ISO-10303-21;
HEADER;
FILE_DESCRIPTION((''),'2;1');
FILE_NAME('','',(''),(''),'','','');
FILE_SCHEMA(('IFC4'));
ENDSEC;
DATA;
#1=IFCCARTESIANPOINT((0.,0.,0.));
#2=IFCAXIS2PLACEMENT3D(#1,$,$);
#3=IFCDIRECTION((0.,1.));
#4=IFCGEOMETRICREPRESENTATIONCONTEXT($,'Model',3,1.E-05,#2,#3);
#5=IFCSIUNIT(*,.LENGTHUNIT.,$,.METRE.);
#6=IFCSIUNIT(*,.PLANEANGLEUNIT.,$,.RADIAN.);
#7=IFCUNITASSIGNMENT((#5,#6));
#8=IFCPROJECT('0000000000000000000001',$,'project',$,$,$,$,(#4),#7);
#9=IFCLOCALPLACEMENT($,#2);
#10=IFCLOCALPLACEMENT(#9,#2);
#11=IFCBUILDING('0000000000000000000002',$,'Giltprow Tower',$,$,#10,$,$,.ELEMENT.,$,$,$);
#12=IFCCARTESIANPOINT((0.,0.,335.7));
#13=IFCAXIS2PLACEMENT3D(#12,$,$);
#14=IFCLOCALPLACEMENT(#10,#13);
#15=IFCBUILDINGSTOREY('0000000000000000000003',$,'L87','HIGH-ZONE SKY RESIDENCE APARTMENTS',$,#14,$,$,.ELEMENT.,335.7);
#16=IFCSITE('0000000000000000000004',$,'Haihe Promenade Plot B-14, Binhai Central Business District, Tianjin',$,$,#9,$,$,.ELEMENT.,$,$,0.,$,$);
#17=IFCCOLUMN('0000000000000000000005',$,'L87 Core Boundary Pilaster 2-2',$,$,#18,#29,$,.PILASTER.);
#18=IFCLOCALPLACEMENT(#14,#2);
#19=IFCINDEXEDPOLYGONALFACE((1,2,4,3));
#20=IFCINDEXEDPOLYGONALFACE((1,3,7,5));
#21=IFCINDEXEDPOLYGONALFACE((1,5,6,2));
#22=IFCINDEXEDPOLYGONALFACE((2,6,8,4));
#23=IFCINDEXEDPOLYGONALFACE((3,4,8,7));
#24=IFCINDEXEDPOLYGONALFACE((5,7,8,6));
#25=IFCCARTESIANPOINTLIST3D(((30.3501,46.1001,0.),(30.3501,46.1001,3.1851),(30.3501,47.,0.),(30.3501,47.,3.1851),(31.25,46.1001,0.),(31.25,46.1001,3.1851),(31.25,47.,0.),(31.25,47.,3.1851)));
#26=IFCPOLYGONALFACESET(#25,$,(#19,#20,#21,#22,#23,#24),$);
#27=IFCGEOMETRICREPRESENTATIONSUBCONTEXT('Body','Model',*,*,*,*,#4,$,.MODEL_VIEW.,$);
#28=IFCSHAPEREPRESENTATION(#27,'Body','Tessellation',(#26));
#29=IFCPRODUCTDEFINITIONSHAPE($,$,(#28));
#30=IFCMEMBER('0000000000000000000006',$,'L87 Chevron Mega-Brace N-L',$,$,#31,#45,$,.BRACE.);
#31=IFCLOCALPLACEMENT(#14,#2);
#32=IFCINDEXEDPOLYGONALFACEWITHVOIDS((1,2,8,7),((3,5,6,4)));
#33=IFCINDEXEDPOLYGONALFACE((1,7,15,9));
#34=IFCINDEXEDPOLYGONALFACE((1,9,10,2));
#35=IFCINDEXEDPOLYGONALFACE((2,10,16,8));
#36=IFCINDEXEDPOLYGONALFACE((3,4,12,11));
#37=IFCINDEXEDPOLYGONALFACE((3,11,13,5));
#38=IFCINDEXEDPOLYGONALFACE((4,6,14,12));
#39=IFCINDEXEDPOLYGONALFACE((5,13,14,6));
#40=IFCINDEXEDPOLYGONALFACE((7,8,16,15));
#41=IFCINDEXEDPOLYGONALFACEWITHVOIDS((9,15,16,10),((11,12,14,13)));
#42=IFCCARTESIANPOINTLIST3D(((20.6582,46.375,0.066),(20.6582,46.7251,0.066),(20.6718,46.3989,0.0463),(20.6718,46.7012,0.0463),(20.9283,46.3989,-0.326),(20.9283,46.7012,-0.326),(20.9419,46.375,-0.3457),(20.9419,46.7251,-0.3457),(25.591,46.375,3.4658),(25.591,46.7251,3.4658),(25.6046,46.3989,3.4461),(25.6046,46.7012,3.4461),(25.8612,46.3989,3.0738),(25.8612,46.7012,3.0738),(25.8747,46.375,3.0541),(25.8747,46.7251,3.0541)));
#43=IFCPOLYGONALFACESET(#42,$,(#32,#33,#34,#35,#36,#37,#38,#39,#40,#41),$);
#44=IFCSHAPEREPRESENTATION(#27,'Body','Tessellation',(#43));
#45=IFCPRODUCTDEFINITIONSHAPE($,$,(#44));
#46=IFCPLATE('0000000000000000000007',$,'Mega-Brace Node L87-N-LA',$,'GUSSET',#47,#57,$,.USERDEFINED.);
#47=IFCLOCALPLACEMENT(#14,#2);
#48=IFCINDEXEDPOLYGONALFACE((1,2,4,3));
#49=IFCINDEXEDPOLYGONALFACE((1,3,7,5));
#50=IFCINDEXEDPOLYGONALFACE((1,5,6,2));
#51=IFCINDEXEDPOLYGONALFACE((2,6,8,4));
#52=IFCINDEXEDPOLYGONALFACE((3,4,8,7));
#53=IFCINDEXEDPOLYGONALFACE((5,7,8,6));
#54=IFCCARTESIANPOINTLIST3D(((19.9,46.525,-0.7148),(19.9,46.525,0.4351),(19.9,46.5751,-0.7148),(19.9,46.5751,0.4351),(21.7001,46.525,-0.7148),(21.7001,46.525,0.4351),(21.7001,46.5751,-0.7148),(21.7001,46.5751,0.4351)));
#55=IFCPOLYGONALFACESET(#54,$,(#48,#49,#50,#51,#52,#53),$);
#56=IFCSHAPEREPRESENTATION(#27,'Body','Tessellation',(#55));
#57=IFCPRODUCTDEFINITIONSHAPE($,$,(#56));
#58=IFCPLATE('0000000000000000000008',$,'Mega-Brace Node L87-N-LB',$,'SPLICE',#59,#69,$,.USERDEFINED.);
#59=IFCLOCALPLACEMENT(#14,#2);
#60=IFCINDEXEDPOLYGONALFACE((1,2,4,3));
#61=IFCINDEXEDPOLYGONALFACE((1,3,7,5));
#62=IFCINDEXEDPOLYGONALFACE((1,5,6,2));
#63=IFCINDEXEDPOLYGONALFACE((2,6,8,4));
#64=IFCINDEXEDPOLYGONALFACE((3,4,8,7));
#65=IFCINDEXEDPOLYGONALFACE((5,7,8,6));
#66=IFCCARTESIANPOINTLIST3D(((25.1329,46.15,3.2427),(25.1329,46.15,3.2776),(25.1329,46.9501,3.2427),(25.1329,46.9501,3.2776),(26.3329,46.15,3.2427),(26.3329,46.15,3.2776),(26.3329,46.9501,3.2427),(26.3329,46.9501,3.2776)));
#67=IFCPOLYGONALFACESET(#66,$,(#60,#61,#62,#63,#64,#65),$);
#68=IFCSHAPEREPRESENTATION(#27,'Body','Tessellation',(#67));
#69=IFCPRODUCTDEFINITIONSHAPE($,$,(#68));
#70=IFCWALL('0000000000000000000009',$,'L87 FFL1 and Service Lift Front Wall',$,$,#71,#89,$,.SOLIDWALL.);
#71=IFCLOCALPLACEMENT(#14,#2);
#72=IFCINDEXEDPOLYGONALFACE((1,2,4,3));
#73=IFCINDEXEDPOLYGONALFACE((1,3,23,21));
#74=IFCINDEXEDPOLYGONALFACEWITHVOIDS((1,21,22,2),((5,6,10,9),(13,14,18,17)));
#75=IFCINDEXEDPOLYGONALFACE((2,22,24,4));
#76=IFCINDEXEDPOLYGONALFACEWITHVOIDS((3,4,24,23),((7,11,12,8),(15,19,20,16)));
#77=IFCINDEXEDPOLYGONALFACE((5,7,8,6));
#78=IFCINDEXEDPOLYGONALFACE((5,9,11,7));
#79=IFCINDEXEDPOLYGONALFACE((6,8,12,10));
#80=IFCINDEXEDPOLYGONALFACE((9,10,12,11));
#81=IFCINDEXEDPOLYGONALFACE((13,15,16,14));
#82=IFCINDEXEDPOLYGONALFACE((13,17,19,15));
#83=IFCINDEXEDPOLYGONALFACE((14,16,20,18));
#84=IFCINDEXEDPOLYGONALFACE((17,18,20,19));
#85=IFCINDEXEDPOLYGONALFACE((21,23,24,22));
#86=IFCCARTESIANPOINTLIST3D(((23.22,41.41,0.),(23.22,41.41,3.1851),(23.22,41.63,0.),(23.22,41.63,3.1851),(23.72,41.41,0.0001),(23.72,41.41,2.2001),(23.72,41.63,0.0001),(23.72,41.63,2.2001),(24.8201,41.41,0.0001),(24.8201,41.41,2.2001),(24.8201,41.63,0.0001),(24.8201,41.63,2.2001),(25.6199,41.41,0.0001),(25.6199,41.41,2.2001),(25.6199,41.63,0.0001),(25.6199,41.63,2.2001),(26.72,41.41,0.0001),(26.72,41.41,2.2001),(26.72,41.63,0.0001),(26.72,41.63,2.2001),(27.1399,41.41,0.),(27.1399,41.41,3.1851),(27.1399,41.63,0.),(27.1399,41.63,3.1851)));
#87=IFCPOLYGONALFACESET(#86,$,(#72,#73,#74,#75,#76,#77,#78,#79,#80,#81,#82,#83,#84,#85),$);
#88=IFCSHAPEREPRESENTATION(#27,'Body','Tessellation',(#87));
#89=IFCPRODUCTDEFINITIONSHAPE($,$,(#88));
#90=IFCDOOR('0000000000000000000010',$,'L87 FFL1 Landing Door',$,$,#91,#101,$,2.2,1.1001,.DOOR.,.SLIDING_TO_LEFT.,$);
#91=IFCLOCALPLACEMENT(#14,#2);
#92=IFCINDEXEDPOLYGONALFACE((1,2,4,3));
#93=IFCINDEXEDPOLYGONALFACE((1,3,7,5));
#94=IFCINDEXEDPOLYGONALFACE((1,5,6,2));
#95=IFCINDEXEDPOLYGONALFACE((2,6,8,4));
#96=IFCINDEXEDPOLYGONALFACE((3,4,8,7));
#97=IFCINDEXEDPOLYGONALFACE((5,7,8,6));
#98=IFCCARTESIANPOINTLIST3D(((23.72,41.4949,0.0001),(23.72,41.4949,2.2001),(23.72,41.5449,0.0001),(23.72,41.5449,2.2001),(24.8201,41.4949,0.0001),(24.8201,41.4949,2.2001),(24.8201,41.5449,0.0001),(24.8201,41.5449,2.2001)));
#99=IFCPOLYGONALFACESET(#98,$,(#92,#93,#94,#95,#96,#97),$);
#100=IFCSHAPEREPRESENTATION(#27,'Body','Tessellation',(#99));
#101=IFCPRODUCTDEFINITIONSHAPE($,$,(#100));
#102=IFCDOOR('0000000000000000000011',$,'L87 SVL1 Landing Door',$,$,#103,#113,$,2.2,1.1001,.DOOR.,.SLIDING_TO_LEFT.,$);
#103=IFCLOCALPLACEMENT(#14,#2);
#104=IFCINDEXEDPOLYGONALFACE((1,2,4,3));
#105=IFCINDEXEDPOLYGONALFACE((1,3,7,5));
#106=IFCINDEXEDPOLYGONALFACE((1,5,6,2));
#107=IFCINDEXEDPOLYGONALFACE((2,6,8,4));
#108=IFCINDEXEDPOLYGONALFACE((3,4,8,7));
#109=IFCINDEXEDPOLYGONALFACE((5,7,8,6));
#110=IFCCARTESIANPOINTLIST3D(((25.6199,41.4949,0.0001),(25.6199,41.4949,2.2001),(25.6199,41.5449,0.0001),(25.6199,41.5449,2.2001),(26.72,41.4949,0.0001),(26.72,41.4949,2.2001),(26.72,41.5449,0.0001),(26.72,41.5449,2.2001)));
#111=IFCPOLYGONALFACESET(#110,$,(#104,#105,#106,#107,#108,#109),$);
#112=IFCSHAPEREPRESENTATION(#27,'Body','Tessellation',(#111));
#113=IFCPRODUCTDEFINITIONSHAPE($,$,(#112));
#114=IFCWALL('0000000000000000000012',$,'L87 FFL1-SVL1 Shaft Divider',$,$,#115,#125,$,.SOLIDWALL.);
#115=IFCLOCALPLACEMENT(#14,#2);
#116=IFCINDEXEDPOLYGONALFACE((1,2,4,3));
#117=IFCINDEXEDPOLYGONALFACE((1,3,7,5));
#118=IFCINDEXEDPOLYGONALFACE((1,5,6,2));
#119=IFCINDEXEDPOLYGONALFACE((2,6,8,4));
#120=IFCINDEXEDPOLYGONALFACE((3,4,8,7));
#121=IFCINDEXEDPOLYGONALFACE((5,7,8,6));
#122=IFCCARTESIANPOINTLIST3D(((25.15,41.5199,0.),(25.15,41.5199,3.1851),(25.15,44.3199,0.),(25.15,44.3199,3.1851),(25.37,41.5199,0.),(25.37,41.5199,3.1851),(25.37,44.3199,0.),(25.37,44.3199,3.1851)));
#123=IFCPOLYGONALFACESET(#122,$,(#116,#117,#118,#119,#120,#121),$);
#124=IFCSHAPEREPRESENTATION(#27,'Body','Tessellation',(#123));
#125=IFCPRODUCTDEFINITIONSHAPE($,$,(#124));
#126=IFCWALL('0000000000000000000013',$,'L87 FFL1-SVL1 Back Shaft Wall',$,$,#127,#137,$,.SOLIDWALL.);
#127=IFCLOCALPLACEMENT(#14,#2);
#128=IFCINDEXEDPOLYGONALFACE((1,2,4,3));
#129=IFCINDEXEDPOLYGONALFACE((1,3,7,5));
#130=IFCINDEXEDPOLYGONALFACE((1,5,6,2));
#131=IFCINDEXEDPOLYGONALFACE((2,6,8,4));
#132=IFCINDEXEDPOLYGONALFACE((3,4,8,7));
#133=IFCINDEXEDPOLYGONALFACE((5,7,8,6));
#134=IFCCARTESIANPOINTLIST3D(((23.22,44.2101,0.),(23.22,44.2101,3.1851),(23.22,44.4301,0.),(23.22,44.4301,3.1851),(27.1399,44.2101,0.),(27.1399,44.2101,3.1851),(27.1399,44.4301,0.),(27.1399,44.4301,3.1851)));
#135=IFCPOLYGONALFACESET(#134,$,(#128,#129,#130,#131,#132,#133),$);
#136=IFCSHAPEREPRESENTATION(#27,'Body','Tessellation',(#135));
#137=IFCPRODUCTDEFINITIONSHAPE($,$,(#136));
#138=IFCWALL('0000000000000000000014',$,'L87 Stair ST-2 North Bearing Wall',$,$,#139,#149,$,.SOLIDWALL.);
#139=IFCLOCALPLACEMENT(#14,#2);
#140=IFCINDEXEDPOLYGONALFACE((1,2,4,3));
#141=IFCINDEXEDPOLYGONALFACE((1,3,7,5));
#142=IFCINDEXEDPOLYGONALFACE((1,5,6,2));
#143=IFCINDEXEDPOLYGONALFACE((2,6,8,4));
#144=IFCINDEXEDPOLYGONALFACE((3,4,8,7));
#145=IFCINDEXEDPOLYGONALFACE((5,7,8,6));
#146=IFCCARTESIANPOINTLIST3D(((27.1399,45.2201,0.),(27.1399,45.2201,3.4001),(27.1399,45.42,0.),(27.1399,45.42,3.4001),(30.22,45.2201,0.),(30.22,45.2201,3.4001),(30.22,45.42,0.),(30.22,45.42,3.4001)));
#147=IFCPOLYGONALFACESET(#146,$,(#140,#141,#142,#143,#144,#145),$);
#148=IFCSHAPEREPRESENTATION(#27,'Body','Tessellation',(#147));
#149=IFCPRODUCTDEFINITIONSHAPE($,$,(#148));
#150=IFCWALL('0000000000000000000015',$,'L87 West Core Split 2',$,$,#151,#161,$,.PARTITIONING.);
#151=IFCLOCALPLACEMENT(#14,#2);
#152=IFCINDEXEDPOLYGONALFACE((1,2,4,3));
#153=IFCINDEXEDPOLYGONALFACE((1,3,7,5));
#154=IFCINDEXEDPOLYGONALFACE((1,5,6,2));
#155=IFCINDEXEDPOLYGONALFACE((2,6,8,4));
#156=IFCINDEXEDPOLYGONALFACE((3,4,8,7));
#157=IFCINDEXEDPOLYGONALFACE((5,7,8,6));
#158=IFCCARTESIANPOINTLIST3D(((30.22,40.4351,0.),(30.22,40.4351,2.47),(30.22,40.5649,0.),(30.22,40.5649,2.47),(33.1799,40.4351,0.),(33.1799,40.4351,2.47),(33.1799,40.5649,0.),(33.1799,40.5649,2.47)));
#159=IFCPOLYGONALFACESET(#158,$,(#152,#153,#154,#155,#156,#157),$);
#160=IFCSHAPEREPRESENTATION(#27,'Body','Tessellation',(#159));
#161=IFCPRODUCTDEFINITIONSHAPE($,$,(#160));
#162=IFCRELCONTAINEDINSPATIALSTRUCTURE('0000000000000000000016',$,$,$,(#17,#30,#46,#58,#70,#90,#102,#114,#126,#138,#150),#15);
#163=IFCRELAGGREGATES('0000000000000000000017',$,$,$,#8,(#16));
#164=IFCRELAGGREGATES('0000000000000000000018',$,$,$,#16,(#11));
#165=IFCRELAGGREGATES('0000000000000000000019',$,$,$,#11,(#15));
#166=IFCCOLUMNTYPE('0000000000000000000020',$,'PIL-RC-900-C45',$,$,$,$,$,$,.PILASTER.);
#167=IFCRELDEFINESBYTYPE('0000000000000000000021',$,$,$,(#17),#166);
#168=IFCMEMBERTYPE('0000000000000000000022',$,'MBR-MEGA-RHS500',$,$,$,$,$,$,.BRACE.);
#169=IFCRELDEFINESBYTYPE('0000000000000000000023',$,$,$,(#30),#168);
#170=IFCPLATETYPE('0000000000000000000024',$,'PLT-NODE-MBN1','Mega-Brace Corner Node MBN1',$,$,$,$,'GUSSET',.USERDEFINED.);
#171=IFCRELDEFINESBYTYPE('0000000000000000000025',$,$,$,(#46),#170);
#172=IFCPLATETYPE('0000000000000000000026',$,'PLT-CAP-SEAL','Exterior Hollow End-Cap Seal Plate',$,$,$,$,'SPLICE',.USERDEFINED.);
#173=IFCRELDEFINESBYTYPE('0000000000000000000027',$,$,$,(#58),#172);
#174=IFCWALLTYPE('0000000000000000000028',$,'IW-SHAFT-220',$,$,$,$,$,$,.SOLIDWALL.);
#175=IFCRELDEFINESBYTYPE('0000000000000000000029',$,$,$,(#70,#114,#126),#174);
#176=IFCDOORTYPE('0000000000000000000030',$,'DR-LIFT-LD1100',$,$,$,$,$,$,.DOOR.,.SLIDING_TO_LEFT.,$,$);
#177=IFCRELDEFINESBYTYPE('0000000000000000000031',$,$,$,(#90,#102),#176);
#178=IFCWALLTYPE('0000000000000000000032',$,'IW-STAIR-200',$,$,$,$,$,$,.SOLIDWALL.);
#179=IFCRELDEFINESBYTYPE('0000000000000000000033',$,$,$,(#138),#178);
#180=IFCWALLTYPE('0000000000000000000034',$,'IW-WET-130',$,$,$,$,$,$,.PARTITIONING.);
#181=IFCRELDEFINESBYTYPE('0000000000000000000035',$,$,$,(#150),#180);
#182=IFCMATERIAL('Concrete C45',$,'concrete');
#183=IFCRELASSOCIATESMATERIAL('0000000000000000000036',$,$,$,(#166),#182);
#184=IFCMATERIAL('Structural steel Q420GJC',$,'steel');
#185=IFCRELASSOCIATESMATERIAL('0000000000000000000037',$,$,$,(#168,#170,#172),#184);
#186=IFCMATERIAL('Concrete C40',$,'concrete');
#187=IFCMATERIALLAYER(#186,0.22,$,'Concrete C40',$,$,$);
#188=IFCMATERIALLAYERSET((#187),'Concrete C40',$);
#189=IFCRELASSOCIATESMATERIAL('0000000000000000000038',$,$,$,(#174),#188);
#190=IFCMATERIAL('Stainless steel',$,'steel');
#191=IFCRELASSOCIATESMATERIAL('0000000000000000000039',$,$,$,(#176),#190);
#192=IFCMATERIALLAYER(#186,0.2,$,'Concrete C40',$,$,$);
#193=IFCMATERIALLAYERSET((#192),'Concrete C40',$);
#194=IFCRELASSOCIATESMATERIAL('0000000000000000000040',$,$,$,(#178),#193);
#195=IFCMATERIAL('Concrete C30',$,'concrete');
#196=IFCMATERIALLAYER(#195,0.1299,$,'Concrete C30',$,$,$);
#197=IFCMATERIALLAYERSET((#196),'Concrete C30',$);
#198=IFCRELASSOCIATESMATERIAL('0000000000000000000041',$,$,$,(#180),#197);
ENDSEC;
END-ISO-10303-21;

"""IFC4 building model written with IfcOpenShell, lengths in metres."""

from ifc_helpers import new_model, si_unit, direction, frame, frame_2d, origin, origin_2d, place, context, subcontext, project, spatial, rectangle, hollow_rectangle, extrude, source, transform, mapped, material, layer, layer_set, material_profile, profile_set, type_object, element, fill, save


model = new_model("IFC4")

# Units and contexts
model_context = context("Model", 3, precision=1e-05, world=origin(), true_north=direction((0.0, 1.0)))
body_context = subcontext(model_context, "Body", "Model", "MODEL_VIEW")
ifc_project = project(units=[si_unit("LENGTHUNIT", "METRE"), si_unit("PLANEANGLEUNIT", "RADIAN")], contexts=[model_context])

# Site, building, storey
site_placement = place(None, origin())
site = spatial("IfcSite", under=ifc_project, at=site_placement, Name="Haihe Promenade Plot B-14, Binhai Central Business District, Tianjin", CompositionType="ELEMENT", RefElevation=0.0)
building_placement = place(site_placement, origin())
building = spatial("IfcBuilding", under=site, at=building_placement, Name="Giltprow Tower", CompositionType="ELEMENT")
storey_placement = place(building_placement, frame((0.0, 0.0, 335.7)))
storey = spatial("IfcBuildingStorey", under=building, at=storey_placement, Name="L87", Description="HIGH-ZONE SKY RESIDENCE APARTMENTS", CompositionType="ELEMENT", Elevation=335.7)

# Column
ifc_material_1 = material(Name="Concrete C45", Category="concrete")
ifc_material_profile_1 = material_profile(ifc_material_1, rectangle(XDim=0.8999, YDim=0.8999, at=origin_2d()), Name="RC 900x900")
ifc_profile_set_1 = profile_set([ifc_material_profile_1], Name="Concrete C45")
column_type = type_object("IfcColumnType", Name="PIL-RC-900-C45", PredefinedType="PILASTER", material=ifc_profile_set_1)
shared_shape_1 = source(origin(), body_context, "Body", "SweptSolid", [
    extrude(rectangle(XDim=0.8999, YDim=0.8999, at=origin_2d()), origin(), (0.0, 0.0, 1.0), 3.1851),
])
column_placement = place(storey_placement, frame((30.8, 46.55, 0.0), z_axis=(0.0, 0.0, 1.0), x_axis=(1.0, 0.0, 0.0)))
element("IfcColumn", 1, at=column_placement, inside=storey, type_object=column_type, Name="L87 Core Boundary Pilaster 2-2", PredefinedType="PILASTER", context=body_context, shape_type="MappedRepresentation", body=[
    mapped(shared_shape_1, transform((0.0, 0.0, 0.0), x_axis=(1.0, 0.0, 0.0), y_axis=(0.0, 1.0, 0.0), z_axis=(0.0, 0.0, 1.0), scale=1.0)),
])

# Member
ifc_material_2 = material(Name="Structural steel Q420GJC", Category="steel")
ifc_material_profile_2 = material_profile(ifc_material_2, hollow_rectangle(XDim=0.3501, YDim=0.5, WallThickness=0.0239, at=origin_2d()), Name="RHS 500x350x24")
ifc_profile_set_2 = profile_set([ifc_material_profile_2], Name="Structural steel Q420GJC")
member_type = type_object("IfcMemberType", Name="MBR-MEGA-RHS500", PredefinedType="BRACE", material=ifc_profile_set_2)
shared_shape_2 = source(origin(), body_context, "Body", "SweptSolid", [
    extrude(hollow_rectangle(XDim=0.3501, YDim=0.5, WallThickness=0.0239, at=origin_2d()), origin(), (0.0, 0.0, 1.0), 5.991),
])
member_placement = place(storey_placement, frame((20.8, 46.55, -0.1399), z_axis=(0.823374, 0.0, 0.567499), x_axis=(0.0, 1.0, 0.0)))
element("IfcMember", 2, at=member_placement, inside=storey, type_object=member_type, Name="L87 Chevron Mega-Brace N-L", PredefinedType="BRACE", context=body_context, shape_type="MappedRepresentation", body=[
    mapped(shared_shape_2, transform((0.0, 0.0, 0.0), x_axis=(1.0, 0.0, 0.0), y_axis=(0.0, 1.0, 0.0), z_axis=(0.0, 0.0, 1.0), scale=1.0)),
])

# Plates
plate_type_1 = type_object("IfcPlateType", Name="PLT-NODE-MBN1", Description="Mega-Brace Corner Node MBN1", ElementType="GUSSET", PredefinedType="USERDEFINED", material=ifc_material_2)
shared_shape_3 = source(origin(), body_context, "Body", "SweptSolid", [
    extrude(rectangle(XDim=1.8, YDim=0.05, at=origin_2d()), origin(), (0.0, 0.0, 1.0), 1.1499),
])
plate_1_placement = place(storey_placement, frame((20.8, 46.55, -0.7148), z_axis=(0.0, 0.0, 1.0), x_axis=(1.0, 0.0, 0.0)))
element("IfcPlate", 3, at=plate_1_placement, inside=storey, type_object=plate_type_1, Name="Mega-Brace Node L87-N-LA", ObjectType="GUSSET", PredefinedType="USERDEFINED", context=body_context, shape_type="MappedRepresentation", body=[
    mapped(shared_shape_3, transform((0.0, 0.0, 0.0), x_axis=(1.0, 0.0, 0.0), y_axis=(0.0, 1.0, 0.0), z_axis=(0.0, 0.0, 1.0), scale=1.0)),
])
plate_type_2 = type_object("IfcPlateType", Name="PLT-CAP-SEAL", Description="Exterior Hollow End-Cap Seal Plate", ElementType="SPLICE", PredefinedType="USERDEFINED", material=ifc_material_2)
shared_shape_4 = source(origin(), body_context, "Body", "SweptSolid", [
    extrude(rectangle(XDim=1.2, YDim=0.8, at=origin_2d()), origin(), (0.0, 0.0, 1.0), 0.0349),
])
plate_2_placement = place(storey_placement, frame((25.7329, 46.55, 3.2427), z_axis=(0.0, 0.0, 1.0), x_axis=(1.0, 0.0, 0.0)))
element("IfcPlate", 4, at=plate_2_placement, inside=storey, type_object=plate_type_2, Name="Mega-Brace Node L87-N-LB", ObjectType="SPLICE", PredefinedType="USERDEFINED", context=body_context, shape_type="MappedRepresentation", body=[
    mapped(shared_shape_4, transform((0.0, 0.0, 0.0), x_axis=(1.0, 0.0, 0.0), y_axis=(0.0, 1.0, 0.0), z_axis=(0.0, 0.0, 1.0), scale=1.0)),
])

# Wall, openings, doors
ifc_material_3 = material(Name="Concrete C40", Category="concrete")
ifc_layer_1 = layer(ifc_material_3, 0.22, Name="Concrete C40")
ifc_layer_set_1 = layer_set([ifc_layer_1], Name="Concrete C40")
wall_type_1 = type_object("IfcWallType", Name="IW-SHAFT-220", PredefinedType="SOLIDWALL", material=ifc_layer_set_1)
wall_1_placement = place(storey_placement, frame((23.22, 41.52, 0.0), z_axis=(0.0, 0.0, 1.0), x_axis=(1.0, 0.0, 0.0)))
wall_1 = element("IfcWall", 5, at=wall_1_placement, inside=storey, type_object=wall_type_1, Name="L87 FFL1 and Service Lift Front Wall", PredefinedType="SOLIDWALL", context=body_context, shape_type="SweptSolid", body=[
    extrude(rectangle(XDim=3.9199, YDim=0.22, at=frame_2d((1.96, 0.0))), origin(), (0.0, 0.0, 1.0), 3.1851),
])
opening_1_placement = place(wall_1_placement, frame((0.5, 0.0, 0.0)))
opening_1 = element("IfcOpeningElement", 6, at=opening_1_placement, cuts=wall_1, PredefinedType="OPENING", context=body_context, shape_type="SweptSolid", body=[
    extrude(rectangle(XDim=1.1001, YDim=2.2, at=frame_2d((0.55, 1.1001))), frame((0.0, 0.1199, 0.0), z_axis=(0.0, -1.0, 0.0), x_axis=(1.0, 0.0, 0.0)), (0.0, 0.0, 1.0), 0.24),
])
opening_2_placement = place(wall_1_placement, frame((2.3999, 0.0, 0.0)))
opening_2 = element("IfcOpeningElement", 7, at=opening_2_placement, cuts=wall_1, PredefinedType="OPENING", context=body_context, shape_type="SweptSolid", body=[
    extrude(rectangle(XDim=1.1001, YDim=2.2, at=frame_2d((0.55, 1.1001))), frame((0.0, 0.1199, 0.0), z_axis=(0.0, -1.0, 0.0), x_axis=(1.0, 0.0, 0.0)), (0.0, 0.0, 1.0), 0.24),
])
ifc_material_4 = material(Name="Stainless steel", Category="steel")
door_type = type_object("IfcDoorType", Name="DR-LIFT-LD1100", OperationType="SLIDING_TO_LEFT", PredefinedType="DOOR", material=ifc_material_4)
shared_shape_5 = source(origin(), body_context, "Body", "SweptSolid", [
    extrude(rectangle(XDim=1.1001, YDim=2.2, at=frame_2d((0.55, 1.1001))), frame((0.0, 0.0249, 0.0), z_axis=(0.0, -1.0, 0.0), x_axis=(1.0, 0.0, 0.0)), (0.0, 0.0, 1.0), 0.05),
])
door_1_placement = place(opening_1_placement, origin())
door_1 = element("IfcDoor", 8, at=door_1_placement, inside=storey, type_object=door_type, Name="L87 FFL1 Landing Door", OperationType="SLIDING_TO_LEFT", OverallHeight=2.2, OverallWidth=1.1001, PredefinedType="DOOR", context=body_context, shape_type="MappedRepresentation", body=[
    mapped(shared_shape_5, transform((0.0, 0.0, 0.0), x_axis=(1.0, 0.0, 0.0), y_axis=(0.0, 1.0, 0.0), z_axis=(0.0, 0.0, 1.0), scale=1.0)),
])
fill(opening_1, door_1)
door_2_placement = place(opening_2_placement, origin())
door_2 = element("IfcDoor", 9, at=door_2_placement, inside=storey, type_object=door_type, Name="L87 SVL1 Landing Door", OperationType="SLIDING_TO_LEFT", OverallHeight=2.2, OverallWidth=1.1001, PredefinedType="DOOR", context=body_context, shape_type="MappedRepresentation", body=[
    mapped(shared_shape_5, transform((0.0, 0.0, 0.0), x_axis=(1.0, 0.0, 0.0), y_axis=(0.0, 1.0, 0.0), z_axis=(0.0, 0.0, 1.0), scale=1.0)),
])
fill(opening_2, door_2)

# Walls
wall_2_placement = place(storey_placement, frame((25.26, 41.52, 0.0), z_axis=(0.0, 0.0, 1.0), x_axis=(0.0, 1.0, 0.0)))
element("IfcWall", 10, at=wall_2_placement, inside=storey, type_object=wall_type_1, Name="L87 FFL1-SVL1 Shaft Divider", PredefinedType="SOLIDWALL", context=body_context, shape_type="SweptSolid", body=[
    extrude(rectangle(XDim=2.8, YDim=0.22, at=frame_2d((1.3999, 0.0))), origin(), (0.0, 0.0, 1.0), 3.1851),
])
wall_3_placement = place(storey_placement, frame((23.22, 44.3201, 0.0), z_axis=(0.0, 0.0, 1.0), x_axis=(1.0, 0.0, 0.0)))
element("IfcWall", 11, at=wall_3_placement, inside=storey, type_object=wall_type_1, Name="L87 FFL1-SVL1 Back Shaft Wall", PredefinedType="SOLIDWALL", context=body_context, shape_type="SweptSolid", body=[
    extrude(rectangle(XDim=3.9199, YDim=0.22, at=frame_2d((1.96, 0.0))), origin(), (0.0, 0.0, 1.0), 3.1851),
])
ifc_layer_2 = layer(ifc_material_3, 0.2, Name="Concrete C40")
ifc_layer_set_2 = layer_set([ifc_layer_2], Name="Concrete C40")
wall_type_2 = type_object("IfcWallType", Name="IW-STAIR-200", PredefinedType="SOLIDWALL", material=ifc_layer_set_2)
wall_4_placement = place(storey_placement, frame((27.1399, 45.3201, 0.0), z_axis=(0.0, 0.0, 1.0), x_axis=(1.0, 0.0, 0.0)))
element("IfcWall", 12, at=wall_4_placement, inside=storey, type_object=wall_type_2, Name="L87 Stair ST-2 North Bearing Wall", PredefinedType="SOLIDWALL", context=body_context, shape_type="SweptSolid", body=[
    extrude(rectangle(XDim=3.0801, YDim=0.2, at=frame_2d((1.54, 0.0))), origin(), (0.0, 0.0, 1.0), 3.4001),
])
ifc_material_5 = material(Name="Concrete C30", Category="concrete")
ifc_layer_3 = layer(ifc_material_5, 0.1299, Name="Concrete C30")
ifc_layer_set_3 = layer_set([ifc_layer_3], Name="Concrete C30")
wall_type_3 = type_object("IfcWallType", Name="IW-WET-130", PredefinedType="PARTITIONING", material=ifc_layer_set_3)
wall_5_placement = place(storey_placement, frame((30.22, 40.5, 0.0), z_axis=(0.0, 0.0, 1.0), x_axis=(1.0, 0.0, 0.0)))
element("IfcWall", 13, at=wall_5_placement, inside=storey, type_object=wall_type_3, Name="L87 West Core Split 2", PredefinedType="PARTITIONING", context=body_context, shape_type="SweptSolid", body=[
    extrude(rectangle(XDim=2.96, YDim=0.1299, at=frame_2d((1.48, 0.0))), origin(), (0.0, 0.0, 1.0), 2.47),
])

save(model, "model.ifc")
